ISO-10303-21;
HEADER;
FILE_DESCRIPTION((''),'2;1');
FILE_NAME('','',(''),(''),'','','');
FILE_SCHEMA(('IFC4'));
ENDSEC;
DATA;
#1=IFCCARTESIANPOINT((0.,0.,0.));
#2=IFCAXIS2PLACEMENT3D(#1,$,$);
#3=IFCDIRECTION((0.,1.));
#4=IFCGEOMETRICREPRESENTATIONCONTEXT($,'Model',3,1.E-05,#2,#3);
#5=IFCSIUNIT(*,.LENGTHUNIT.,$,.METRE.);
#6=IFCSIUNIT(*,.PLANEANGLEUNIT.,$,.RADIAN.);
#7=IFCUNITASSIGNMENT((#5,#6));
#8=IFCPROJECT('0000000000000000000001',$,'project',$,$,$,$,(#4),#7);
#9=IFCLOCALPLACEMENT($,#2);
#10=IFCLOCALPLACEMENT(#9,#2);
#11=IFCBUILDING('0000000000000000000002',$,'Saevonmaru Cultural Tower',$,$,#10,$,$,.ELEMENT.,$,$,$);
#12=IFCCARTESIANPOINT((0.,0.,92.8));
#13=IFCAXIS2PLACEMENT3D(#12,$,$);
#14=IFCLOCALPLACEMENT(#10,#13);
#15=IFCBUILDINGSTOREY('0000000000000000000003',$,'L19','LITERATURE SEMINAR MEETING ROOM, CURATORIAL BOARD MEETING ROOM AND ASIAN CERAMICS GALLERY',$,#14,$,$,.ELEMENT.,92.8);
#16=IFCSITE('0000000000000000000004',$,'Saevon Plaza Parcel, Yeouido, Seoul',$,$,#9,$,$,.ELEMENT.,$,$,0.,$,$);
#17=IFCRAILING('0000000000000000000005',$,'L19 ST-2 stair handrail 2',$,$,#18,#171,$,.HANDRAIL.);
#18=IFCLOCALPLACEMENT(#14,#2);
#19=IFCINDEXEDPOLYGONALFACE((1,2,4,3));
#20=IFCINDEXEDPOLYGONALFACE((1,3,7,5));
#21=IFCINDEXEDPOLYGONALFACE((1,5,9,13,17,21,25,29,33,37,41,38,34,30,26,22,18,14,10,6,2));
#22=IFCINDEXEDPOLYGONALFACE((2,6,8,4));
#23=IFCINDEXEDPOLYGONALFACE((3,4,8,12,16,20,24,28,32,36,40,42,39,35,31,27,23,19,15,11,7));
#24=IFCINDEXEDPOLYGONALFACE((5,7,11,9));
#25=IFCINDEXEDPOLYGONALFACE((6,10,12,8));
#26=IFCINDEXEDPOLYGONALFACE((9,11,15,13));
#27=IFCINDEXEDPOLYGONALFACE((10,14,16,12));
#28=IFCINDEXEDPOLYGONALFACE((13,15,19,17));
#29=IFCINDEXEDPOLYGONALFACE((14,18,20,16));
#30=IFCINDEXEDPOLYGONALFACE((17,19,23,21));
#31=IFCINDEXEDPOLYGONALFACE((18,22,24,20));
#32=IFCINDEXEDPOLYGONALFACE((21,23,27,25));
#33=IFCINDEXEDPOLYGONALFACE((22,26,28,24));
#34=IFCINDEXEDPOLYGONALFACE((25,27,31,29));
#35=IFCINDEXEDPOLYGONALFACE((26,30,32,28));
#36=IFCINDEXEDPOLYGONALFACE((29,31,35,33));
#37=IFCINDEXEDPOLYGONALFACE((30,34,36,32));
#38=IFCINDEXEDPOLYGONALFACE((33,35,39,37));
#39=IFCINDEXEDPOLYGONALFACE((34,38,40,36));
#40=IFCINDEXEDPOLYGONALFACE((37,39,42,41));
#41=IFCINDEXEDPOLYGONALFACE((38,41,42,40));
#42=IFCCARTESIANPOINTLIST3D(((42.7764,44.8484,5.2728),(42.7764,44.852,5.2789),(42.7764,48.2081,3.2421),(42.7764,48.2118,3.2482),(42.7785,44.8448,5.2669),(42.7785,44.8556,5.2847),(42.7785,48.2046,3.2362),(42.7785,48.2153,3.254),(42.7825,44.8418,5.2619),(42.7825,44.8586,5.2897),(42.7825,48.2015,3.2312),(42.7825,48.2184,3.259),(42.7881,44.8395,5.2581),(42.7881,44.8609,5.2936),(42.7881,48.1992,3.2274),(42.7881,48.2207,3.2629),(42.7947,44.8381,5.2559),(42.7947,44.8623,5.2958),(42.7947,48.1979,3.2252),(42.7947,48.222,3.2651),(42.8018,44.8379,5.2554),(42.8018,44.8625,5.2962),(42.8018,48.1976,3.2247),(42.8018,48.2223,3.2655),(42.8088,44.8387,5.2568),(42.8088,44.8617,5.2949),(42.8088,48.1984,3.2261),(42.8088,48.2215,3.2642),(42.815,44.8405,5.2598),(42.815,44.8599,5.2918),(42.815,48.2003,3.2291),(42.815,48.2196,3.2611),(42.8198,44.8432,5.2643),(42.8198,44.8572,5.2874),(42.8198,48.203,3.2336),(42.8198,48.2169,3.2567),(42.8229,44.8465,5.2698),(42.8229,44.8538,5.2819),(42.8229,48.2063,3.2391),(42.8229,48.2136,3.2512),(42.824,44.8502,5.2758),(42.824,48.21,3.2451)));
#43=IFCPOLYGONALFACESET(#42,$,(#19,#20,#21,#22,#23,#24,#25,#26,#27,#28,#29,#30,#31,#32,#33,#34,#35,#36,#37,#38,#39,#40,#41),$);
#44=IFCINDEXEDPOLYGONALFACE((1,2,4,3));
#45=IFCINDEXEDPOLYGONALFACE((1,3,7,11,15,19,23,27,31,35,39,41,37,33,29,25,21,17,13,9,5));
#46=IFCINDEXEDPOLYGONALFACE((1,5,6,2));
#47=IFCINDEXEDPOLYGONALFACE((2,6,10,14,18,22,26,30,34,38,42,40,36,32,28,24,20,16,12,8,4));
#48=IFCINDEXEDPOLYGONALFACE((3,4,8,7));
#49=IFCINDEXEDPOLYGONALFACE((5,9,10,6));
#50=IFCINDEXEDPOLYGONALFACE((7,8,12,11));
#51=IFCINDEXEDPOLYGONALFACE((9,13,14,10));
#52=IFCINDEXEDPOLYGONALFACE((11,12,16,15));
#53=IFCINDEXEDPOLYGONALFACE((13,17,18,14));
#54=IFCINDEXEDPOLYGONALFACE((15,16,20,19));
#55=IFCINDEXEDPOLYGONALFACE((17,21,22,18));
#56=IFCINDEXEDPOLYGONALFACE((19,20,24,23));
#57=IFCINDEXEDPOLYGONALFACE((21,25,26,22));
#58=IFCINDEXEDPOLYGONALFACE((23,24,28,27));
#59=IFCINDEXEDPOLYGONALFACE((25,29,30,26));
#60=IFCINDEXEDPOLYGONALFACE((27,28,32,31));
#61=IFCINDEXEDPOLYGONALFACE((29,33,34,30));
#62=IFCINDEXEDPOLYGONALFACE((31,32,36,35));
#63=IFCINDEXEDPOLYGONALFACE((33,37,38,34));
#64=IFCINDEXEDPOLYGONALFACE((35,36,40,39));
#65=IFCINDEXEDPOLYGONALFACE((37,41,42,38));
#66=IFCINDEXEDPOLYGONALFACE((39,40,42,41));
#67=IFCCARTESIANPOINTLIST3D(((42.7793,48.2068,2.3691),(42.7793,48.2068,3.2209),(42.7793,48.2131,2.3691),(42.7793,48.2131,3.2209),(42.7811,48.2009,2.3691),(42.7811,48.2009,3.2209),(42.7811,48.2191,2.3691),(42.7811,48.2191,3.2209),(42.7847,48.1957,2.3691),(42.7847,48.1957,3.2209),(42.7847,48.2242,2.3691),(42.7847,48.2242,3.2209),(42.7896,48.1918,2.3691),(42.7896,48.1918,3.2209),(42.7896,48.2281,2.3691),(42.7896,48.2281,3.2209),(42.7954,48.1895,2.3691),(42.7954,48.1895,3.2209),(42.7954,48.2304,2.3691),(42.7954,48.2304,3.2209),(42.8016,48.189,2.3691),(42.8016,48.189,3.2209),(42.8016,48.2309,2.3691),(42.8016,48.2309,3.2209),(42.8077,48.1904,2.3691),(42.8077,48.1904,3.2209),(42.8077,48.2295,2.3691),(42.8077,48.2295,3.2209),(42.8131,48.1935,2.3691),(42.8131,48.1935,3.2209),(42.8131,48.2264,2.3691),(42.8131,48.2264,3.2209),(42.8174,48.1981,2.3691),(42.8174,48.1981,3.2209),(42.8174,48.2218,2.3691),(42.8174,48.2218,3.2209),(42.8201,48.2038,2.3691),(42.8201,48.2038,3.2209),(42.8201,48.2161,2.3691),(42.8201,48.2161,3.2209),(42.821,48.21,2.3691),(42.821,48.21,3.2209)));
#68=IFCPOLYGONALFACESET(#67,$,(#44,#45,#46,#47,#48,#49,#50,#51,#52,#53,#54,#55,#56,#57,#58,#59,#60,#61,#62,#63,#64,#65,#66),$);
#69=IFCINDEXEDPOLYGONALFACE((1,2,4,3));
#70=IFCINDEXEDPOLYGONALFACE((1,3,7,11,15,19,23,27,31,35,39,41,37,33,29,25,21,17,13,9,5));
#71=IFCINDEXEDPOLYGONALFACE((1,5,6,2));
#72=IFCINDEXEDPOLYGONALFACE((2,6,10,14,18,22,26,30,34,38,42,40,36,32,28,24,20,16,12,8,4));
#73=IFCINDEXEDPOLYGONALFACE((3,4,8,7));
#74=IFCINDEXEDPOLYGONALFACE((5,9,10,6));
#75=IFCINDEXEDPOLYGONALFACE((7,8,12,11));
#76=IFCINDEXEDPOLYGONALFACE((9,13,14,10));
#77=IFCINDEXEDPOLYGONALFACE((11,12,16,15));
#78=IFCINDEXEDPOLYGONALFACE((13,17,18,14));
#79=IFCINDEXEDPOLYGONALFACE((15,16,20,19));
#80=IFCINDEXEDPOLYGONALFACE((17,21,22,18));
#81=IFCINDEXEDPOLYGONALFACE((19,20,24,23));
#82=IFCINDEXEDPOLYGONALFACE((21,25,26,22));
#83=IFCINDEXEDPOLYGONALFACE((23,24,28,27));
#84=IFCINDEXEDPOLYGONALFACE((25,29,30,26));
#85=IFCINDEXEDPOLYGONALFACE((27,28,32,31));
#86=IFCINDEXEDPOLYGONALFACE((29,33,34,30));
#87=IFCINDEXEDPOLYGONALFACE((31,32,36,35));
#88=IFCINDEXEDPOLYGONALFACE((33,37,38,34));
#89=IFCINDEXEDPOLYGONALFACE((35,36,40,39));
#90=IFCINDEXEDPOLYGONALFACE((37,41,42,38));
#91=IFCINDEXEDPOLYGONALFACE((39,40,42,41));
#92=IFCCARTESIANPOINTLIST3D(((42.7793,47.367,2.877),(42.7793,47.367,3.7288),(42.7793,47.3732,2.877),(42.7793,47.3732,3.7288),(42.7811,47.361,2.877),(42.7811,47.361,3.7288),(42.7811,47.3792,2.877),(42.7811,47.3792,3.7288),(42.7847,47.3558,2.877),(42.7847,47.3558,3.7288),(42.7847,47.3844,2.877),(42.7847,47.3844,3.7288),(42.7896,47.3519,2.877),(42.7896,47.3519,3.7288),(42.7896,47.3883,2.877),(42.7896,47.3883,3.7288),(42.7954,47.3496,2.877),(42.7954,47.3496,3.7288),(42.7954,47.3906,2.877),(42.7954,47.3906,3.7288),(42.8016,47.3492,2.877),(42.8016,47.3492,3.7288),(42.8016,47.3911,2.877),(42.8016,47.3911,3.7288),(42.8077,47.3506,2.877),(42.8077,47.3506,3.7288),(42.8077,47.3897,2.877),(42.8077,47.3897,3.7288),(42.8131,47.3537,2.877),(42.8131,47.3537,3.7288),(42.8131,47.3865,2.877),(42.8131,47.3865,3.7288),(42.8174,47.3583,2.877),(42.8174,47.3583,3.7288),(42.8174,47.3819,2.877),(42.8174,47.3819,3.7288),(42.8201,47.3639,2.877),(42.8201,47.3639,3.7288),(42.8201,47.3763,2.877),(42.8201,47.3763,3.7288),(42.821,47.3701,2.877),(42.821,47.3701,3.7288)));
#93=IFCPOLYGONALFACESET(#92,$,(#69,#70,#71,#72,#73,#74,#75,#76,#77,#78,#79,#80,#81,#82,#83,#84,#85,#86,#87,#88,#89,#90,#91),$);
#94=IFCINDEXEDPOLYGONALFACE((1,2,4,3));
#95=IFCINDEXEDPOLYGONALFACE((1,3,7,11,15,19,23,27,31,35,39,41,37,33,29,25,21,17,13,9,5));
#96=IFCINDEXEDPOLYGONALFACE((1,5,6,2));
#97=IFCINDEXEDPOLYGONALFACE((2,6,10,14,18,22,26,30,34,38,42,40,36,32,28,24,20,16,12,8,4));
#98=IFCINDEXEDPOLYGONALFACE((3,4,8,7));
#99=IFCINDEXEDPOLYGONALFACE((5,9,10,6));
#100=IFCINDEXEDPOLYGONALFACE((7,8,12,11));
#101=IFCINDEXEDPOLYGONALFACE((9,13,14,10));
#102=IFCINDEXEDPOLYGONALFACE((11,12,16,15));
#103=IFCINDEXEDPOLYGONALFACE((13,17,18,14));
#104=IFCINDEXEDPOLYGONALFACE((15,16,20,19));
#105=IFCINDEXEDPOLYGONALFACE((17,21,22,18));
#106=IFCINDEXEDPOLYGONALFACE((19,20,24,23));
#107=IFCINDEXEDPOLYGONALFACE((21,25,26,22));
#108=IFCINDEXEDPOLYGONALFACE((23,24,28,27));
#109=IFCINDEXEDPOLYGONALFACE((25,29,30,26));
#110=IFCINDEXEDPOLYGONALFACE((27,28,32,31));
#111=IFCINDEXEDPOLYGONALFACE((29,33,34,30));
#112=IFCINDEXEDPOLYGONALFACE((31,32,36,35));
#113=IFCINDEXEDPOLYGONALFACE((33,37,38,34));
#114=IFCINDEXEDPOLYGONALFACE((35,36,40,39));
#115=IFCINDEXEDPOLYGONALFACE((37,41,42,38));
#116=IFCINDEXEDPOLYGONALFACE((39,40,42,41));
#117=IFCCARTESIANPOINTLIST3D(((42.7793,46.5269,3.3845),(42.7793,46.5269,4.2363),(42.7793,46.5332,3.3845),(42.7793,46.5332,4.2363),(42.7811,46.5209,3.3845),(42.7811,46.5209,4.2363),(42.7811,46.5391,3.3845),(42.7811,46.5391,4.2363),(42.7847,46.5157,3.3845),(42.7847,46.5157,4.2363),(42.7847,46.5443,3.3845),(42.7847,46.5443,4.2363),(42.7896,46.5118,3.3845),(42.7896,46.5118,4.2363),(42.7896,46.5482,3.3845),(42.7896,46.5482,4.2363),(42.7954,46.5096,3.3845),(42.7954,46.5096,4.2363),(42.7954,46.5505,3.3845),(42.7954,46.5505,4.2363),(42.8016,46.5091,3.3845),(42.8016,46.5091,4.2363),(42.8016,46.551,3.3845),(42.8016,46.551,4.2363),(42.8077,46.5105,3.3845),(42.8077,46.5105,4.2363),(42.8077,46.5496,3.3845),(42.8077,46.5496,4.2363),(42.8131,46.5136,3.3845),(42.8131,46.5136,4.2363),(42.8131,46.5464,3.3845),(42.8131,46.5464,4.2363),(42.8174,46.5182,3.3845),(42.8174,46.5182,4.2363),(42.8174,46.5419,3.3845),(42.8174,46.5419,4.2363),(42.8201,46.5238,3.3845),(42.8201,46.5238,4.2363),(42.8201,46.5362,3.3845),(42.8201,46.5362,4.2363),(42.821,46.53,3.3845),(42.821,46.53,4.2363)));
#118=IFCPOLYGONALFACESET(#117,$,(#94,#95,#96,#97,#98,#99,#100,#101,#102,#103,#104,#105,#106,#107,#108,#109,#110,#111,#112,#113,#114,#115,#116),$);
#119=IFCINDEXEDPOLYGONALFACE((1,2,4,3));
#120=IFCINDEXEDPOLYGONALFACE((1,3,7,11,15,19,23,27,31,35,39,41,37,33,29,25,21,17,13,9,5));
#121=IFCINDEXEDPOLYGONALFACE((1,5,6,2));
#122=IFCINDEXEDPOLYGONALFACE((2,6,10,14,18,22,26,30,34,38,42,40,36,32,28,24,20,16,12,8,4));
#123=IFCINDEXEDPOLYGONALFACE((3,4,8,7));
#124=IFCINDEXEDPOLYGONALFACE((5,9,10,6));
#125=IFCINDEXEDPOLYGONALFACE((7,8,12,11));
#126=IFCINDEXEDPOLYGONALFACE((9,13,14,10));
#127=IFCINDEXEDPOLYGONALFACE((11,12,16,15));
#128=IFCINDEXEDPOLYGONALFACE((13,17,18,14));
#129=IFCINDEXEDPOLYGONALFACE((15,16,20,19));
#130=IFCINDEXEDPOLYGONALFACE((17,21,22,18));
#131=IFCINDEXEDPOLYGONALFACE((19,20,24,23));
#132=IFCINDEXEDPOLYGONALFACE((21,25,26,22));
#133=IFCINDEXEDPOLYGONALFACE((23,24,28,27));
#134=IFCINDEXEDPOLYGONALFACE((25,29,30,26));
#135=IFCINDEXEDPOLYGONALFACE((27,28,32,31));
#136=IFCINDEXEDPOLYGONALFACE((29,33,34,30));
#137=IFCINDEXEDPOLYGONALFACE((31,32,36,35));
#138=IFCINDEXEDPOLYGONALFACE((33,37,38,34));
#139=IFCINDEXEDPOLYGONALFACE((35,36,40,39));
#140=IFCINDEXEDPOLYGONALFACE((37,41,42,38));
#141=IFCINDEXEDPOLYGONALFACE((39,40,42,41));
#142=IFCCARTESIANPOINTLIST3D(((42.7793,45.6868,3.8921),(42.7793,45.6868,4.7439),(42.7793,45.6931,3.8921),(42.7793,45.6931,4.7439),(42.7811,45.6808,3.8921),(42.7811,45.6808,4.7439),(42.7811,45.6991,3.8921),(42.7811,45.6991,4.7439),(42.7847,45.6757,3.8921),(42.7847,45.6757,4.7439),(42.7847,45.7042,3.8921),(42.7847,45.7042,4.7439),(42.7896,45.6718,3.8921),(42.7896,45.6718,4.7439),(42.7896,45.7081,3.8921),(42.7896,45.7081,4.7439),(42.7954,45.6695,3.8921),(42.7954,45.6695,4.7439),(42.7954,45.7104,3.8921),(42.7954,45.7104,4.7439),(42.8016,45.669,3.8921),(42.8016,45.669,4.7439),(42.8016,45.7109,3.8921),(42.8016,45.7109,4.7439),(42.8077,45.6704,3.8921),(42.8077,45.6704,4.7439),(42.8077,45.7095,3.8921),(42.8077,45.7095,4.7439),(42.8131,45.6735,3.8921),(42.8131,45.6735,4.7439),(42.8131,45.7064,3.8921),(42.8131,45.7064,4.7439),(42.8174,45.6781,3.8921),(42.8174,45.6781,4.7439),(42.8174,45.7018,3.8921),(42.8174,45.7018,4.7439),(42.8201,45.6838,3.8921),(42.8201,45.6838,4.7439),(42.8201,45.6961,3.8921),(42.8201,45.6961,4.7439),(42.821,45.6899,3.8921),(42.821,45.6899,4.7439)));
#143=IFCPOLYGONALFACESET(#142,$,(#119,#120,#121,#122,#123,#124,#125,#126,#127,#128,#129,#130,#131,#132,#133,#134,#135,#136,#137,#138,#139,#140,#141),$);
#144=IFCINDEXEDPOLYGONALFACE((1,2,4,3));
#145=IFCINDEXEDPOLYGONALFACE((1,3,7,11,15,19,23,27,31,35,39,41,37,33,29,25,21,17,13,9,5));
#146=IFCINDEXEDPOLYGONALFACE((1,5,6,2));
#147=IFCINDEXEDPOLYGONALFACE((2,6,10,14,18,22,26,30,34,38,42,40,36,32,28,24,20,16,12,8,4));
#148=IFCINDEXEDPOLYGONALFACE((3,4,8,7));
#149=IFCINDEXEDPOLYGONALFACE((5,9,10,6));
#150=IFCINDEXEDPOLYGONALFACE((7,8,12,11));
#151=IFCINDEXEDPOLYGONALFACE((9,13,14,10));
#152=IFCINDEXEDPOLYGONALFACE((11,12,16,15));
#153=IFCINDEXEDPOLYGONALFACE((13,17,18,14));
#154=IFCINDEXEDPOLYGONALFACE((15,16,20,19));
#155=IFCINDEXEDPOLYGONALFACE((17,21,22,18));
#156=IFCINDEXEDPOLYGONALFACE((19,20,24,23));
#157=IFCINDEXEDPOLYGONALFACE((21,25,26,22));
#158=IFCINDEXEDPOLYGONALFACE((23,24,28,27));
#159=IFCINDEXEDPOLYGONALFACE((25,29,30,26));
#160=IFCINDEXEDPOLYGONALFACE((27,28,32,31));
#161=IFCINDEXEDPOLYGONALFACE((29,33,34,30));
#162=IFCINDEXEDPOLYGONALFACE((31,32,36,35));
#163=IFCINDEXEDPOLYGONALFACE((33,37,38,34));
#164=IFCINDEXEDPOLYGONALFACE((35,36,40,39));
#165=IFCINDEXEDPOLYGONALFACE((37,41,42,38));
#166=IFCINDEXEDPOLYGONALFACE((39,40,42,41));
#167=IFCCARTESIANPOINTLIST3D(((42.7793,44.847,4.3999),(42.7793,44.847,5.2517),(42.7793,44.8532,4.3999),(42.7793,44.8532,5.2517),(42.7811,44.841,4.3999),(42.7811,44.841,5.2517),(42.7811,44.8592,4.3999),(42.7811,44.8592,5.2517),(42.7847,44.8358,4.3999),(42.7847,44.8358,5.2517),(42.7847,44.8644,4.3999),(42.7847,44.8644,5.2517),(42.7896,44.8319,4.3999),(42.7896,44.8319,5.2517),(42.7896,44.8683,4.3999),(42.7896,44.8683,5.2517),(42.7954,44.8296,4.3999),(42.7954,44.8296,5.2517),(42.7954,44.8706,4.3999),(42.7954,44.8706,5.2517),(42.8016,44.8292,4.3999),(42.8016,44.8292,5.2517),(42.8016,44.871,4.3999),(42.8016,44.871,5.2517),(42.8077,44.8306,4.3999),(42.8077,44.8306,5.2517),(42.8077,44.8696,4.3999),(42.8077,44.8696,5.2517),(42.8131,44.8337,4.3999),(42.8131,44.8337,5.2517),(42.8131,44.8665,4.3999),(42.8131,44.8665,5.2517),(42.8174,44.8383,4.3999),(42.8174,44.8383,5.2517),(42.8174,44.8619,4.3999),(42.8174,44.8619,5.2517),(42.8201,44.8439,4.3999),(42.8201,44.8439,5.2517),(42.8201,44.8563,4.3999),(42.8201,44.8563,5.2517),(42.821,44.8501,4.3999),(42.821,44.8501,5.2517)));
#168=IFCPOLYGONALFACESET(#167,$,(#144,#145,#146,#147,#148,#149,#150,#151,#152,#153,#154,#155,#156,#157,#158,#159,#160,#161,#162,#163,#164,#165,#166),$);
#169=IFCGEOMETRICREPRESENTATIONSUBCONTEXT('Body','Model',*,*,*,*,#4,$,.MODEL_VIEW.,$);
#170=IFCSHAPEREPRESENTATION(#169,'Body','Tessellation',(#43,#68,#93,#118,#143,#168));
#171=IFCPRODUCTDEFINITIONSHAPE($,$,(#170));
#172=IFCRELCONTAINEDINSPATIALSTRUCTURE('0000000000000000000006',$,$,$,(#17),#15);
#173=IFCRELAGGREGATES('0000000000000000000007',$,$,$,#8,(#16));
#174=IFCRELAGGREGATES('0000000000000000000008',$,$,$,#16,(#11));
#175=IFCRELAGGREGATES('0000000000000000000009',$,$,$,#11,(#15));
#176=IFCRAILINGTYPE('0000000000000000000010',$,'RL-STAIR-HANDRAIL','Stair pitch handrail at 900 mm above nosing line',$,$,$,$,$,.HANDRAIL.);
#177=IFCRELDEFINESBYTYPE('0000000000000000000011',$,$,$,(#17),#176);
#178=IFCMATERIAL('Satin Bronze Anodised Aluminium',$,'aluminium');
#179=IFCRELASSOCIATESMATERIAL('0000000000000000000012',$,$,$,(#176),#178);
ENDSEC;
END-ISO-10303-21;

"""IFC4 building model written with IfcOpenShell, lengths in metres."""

from ifc_helpers import new_model, si_unit, direction, frame, origin, origin_2d, place, context, subcontext, project, spatial, circle, extrude, material, type_object, element, save


model = new_model("IFC4")

# Units and contexts
model_context = context("Model", 3, precision=1e-05, world=origin(), true_north=direction((0.0, 1.0)))
body_context = subcontext(model_context, "Body", "Model", "MODEL_VIEW")
ifc_project = project(units=[si_unit("LENGTHUNIT", "METRE"), si_unit("PLANEANGLEUNIT", "RADIAN")], contexts=[model_context])

# Site, building, storey
site_placement = place(None, origin())
site = spatial("IfcSite", under=ifc_project, at=site_placement, Name="Saevon Plaza Parcel, Yeouido, Seoul", CompositionType="ELEMENT", RefElevation=0.0)
building_placement = place(site_placement, origin())
building = spatial("IfcBuilding", under=site, at=building_placement, Name="Saevonmaru Cultural Tower", CompositionType="ELEMENT")
storey_placement = place(building_placement, frame((0.0, 0.0, 92.8)))
storey = spatial("IfcBuildingStorey", under=building, at=storey_placement, Name="L19", Description="LITERATURE SEMINAR MEETING ROOM, CURATORIAL BOARD MEETING ROOM AND ASIAN CERAMICS GALLERY", CompositionType="ELEMENT", Elevation=92.8)

# Shared definitions
ifc_material_1 = material(Name="Satin Bronze Anodised Aluminium", Category="aluminium")

# Railing
railing_type_1 = type_object("IfcRailingType", Name="RL-STAIR-HANDRAIL", Description="Stair pitch handrail at 900 mm above nosing line", PredefinedType="HANDRAIL", material=ifc_material_1)
railing_1_placement = place(storey_placement, frame((42.8, 48.21, 2.3691)))
element("IfcRailing", 1, at=railing_1_placement, inside=storey, type_object=railing_type_1, Name="L19 ST-2 stair handrail 2", PredefinedType="HANDRAIL", context=body_context, shape_type="SweptSolid", body=[
    extrude(circle(Radius=0.0239, at=origin_2d()), frame((0.0, 0.0, 0.876), z_axis=(0.0, -0.85582, 0.517273), x_axis=(1.0, 0.0, 0.0)), (0.0, 0.0, 1.0), 3.9258),
    extrude(circle(Radius=0.021, at=origin_2d()), origin(), (0.0, 0.0, 1.0), 0.8518),
    extrude(circle(Radius=0.021, at=origin_2d()), frame((0.0, -0.8398, 0.5078)), (0.0, 0.0, 1.0), 0.8518),
    extrude(circle(Radius=0.021, at=origin_2d()), frame((0.0, -1.6799, 1.0154)), (0.0, 0.0, 1.0), 0.8518),
    extrude(circle(Radius=0.021, at=origin_2d()), frame((0.0, -2.52, 1.5229)), (0.0, 0.0, 1.0), 0.8518),
    extrude(circle(Radius=0.021, at=origin_2d()), frame((0.0, -3.3599, 2.0308)), (0.0, 0.0, 1.0), 0.8518),
])

save(model, "model.ifc")
